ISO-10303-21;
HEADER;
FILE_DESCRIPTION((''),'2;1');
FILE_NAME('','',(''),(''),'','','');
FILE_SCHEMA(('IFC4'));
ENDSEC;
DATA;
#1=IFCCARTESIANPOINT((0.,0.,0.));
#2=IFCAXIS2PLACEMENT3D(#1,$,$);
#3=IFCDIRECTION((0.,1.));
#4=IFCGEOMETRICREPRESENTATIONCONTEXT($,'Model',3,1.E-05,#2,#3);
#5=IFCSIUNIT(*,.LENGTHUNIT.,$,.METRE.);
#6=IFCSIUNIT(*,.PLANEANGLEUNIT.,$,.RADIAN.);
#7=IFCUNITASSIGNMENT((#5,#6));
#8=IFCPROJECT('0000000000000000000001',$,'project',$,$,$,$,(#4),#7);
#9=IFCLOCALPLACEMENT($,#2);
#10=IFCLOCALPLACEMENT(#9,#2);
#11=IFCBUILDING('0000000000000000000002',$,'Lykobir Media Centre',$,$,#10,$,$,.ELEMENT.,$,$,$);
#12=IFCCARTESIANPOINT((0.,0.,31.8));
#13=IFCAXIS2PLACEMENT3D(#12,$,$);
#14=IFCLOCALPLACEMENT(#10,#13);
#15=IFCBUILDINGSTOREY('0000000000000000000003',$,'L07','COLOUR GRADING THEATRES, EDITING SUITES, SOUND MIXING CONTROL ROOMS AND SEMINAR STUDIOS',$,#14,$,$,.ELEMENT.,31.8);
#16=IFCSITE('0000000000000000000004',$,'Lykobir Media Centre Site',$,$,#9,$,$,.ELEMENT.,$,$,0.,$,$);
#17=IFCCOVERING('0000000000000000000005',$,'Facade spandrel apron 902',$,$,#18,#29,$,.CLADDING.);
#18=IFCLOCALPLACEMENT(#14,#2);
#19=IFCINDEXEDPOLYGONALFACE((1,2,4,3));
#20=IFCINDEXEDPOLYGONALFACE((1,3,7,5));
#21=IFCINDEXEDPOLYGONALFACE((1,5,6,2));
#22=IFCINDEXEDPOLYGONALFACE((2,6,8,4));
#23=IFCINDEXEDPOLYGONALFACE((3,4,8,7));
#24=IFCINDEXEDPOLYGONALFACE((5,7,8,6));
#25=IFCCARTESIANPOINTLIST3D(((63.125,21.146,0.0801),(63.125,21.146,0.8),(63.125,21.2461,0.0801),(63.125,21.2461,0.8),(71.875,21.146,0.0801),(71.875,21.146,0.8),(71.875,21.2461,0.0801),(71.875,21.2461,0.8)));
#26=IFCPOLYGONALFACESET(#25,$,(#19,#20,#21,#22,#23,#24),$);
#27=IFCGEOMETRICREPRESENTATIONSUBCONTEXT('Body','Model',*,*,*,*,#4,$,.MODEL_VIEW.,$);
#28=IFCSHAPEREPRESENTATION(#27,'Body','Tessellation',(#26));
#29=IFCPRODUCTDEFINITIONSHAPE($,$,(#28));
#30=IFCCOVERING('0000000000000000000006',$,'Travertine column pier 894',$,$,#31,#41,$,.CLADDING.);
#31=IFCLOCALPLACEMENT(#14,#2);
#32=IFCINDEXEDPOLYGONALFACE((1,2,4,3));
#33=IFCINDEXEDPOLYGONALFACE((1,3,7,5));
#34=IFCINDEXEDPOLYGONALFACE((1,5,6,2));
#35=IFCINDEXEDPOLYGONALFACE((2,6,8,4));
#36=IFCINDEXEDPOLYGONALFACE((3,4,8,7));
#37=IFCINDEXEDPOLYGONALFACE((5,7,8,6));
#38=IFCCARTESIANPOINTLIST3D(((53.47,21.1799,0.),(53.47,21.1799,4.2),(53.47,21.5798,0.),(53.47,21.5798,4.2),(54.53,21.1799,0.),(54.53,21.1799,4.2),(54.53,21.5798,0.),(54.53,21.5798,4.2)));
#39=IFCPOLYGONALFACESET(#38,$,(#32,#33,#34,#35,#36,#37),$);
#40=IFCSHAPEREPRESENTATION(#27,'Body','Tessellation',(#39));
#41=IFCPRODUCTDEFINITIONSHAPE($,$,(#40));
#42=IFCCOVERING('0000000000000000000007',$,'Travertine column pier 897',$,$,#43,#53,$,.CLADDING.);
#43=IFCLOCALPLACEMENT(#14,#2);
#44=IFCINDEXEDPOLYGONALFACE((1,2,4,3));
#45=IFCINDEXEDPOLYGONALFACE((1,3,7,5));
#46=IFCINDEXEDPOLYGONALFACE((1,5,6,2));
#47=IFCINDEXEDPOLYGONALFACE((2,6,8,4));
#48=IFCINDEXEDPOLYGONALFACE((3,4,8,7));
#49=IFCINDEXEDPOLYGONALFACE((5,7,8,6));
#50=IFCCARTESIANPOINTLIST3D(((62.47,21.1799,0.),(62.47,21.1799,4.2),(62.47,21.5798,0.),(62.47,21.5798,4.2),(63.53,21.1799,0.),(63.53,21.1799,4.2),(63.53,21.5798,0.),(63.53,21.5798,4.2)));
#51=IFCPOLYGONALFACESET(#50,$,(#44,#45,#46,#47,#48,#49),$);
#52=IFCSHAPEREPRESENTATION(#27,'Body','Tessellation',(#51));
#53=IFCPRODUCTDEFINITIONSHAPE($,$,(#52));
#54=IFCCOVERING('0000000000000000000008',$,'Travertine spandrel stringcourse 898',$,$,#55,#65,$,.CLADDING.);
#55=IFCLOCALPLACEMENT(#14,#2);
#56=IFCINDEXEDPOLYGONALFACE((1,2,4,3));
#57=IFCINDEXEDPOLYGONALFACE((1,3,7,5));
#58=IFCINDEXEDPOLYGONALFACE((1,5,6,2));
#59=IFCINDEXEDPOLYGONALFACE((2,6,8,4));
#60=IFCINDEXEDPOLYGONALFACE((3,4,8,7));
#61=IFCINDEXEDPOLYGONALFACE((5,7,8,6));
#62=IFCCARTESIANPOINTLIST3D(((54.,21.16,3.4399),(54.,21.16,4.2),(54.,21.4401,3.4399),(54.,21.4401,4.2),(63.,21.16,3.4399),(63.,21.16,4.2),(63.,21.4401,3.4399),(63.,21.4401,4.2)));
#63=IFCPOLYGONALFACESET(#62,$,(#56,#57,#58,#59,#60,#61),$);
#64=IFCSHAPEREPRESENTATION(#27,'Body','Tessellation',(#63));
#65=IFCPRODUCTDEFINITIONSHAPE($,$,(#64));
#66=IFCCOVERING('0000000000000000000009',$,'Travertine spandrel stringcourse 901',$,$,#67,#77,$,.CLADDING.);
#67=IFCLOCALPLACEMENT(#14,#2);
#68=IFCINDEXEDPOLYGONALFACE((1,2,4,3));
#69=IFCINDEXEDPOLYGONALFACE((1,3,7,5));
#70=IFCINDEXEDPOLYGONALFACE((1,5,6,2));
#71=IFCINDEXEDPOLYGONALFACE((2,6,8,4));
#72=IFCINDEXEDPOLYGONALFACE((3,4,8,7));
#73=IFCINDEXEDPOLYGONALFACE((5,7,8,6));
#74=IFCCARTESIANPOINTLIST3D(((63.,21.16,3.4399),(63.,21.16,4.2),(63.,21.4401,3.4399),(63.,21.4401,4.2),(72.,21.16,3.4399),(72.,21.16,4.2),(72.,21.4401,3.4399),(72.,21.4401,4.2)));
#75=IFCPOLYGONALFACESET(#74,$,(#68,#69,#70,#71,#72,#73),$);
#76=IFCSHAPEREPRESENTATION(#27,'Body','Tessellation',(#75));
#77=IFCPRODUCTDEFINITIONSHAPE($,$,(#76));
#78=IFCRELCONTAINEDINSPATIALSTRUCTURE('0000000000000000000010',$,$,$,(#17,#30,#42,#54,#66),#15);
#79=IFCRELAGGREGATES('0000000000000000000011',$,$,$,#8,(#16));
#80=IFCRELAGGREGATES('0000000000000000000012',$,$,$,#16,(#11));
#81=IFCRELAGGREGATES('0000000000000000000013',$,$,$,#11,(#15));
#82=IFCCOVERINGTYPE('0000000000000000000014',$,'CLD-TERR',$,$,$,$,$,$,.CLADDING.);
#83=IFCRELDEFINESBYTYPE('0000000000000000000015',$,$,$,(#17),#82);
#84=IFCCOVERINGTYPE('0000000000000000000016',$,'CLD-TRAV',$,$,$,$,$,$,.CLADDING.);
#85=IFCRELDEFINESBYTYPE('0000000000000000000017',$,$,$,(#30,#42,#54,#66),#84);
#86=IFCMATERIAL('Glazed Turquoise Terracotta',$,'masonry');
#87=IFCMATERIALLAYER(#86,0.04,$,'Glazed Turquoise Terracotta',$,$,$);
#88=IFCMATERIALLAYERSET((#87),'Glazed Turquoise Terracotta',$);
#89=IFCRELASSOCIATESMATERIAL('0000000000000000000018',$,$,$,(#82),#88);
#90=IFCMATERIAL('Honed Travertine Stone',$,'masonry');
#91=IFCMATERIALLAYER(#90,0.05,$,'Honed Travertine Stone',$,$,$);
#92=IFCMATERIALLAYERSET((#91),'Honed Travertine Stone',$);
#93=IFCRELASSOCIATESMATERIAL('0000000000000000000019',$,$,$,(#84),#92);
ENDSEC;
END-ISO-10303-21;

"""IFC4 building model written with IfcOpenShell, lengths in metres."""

from ifc_helpers import new_model, si_unit, direction, frame, origin, origin_2d, place, context, subcontext, project, spatial, rectangle, extrude, material, layer, layer_set, type_object, element, save


model = new_model("IFC4")

# Units and contexts
model_context = context("Model", 3, precision=1e-05, world=origin(), true_north=direction((0.0, 1.0)))
body_context = subcontext(model_context, "Body", "Model", "MODEL_VIEW")
ifc_project = project(units=[si_unit("LENGTHUNIT", "METRE"), si_unit("PLANEANGLEUNIT", "RADIAN")], contexts=[model_context])

# Site, building, storey
site_placement = place(None, origin())
site = spatial("IfcSite", under=ifc_project, at=site_placement, Name="Lykobir Media Centre Site", CompositionType="ELEMENT", RefElevation=0.0)
building_placement = place(site_placement, origin())
building = spatial("IfcBuilding", under=site, at=building_placement, Name="Lykobir Media Centre", CompositionType="ELEMENT")
storey_placement = place(building_placement, frame((0.0, 0.0, 31.8)))
storey = spatial("IfcBuildingStorey", under=building, at=storey_placement, Name="L07", Description="COLOUR GRADING THEATRES, EDITING SUITES, SOUND MIXING CONTROL ROOMS AND SEMINAR STUDIOS", CompositionType="ELEMENT", Elevation=31.8)

# Coverings
ifc_material_1 = material(Name="Glazed Turquoise Terracotta", Category="masonry")
ifc_layer_1 = layer(ifc_material_1, 0.04, Name="Glazed Turquoise Terracotta")
ifc_layer_set_1 = layer_set([ifc_layer_1], Name="Glazed Turquoise Terracotta")
covering_type_1 = type_object("IfcCoveringType", Name="CLD-TERR", PredefinedType="CLADDING", material=ifc_layer_set_1)
for number, where, z_axis, x_axis, name in (
    (1, (67.5, 21.196, 0.0801), (0.0, 0.0, 1.0), (-1.0, 0.0, 0.0), "Facade spandrel apron 902"),
):
    element("IfcCovering", number, at=place(storey_placement, frame(where, z_axis=z_axis, x_axis=x_axis)), inside=storey, type_object=covering_type_1, Name=name, PredefinedType="CLADDING", context=body_context, shape_type="SweptSolid", body=[
        extrude(rectangle(XDim=8.75, YDim=0.1001, at=origin_2d()), origin(), (0.0, 0.0, 1.0), 0.72),
    ])
ifc_material_2 = material(Name="Honed Travertine Stone", Category="masonry")
ifc_layer_2 = layer(ifc_material_2, 0.05, Name="Honed Travertine Stone")
ifc_layer_set_2 = layer_set([ifc_layer_2], Name="Honed Travertine Stone")
covering_type_2 = type_object("IfcCoveringType", Name="CLD-TRAV", PredefinedType="CLADDING", material=ifc_layer_set_2)
for number, where, z_axis, x_axis, name in (
    (2, (54.0, 21.3799, 0.0), (0.0, 0.0, 1.0), (-1.0, 0.0, 0.0), "Travertine column pier 894"),
    (3, (63.0, 21.3799, 0.0), (0.0, 0.0, 1.0), (-1.0, 0.0, 0.0), "Travertine column pier 897"),
):
    element("IfcCovering", number, at=place(storey_placement, frame(where, z_axis=z_axis, x_axis=x_axis)), inside=storey, type_object=covering_type_2, Name=name, PredefinedType="CLADDING", context=body_context, shape_type="SweptSolid", body=[
        extrude(rectangle(XDim=1.0601, YDim=0.3999, at=origin_2d()), origin(), (0.0, 0.0, 1.0), 4.2),
    ])
for number, where, z_axis, x_axis, name in (
    (4, (58.5, 21.3, 3.4399), (0.0, 0.0, 1.0), (-1.0, 0.0, 0.0), "Travertine spandrel stringcourse 898"),
    (5, (67.5, 21.3, 3.4399), (0.0, 0.0, 1.0), (-1.0, 0.0, 0.0), "Travertine spandrel stringcourse 901"),
):
    element("IfcCovering", number, at=place(storey_placement, frame(where, z_axis=z_axis, x_axis=x_axis)), inside=storey, type_object=covering_type_2, Name=name, PredefinedType="CLADDING", context=body_context, shape_type="SweptSolid", body=[
        extrude(rectangle(XDim=9.0, YDim=0.28, at=origin_2d()), origin(), (0.0, 0.0, 1.0), 0.76),
    ])

save(model, "model.ifc")
